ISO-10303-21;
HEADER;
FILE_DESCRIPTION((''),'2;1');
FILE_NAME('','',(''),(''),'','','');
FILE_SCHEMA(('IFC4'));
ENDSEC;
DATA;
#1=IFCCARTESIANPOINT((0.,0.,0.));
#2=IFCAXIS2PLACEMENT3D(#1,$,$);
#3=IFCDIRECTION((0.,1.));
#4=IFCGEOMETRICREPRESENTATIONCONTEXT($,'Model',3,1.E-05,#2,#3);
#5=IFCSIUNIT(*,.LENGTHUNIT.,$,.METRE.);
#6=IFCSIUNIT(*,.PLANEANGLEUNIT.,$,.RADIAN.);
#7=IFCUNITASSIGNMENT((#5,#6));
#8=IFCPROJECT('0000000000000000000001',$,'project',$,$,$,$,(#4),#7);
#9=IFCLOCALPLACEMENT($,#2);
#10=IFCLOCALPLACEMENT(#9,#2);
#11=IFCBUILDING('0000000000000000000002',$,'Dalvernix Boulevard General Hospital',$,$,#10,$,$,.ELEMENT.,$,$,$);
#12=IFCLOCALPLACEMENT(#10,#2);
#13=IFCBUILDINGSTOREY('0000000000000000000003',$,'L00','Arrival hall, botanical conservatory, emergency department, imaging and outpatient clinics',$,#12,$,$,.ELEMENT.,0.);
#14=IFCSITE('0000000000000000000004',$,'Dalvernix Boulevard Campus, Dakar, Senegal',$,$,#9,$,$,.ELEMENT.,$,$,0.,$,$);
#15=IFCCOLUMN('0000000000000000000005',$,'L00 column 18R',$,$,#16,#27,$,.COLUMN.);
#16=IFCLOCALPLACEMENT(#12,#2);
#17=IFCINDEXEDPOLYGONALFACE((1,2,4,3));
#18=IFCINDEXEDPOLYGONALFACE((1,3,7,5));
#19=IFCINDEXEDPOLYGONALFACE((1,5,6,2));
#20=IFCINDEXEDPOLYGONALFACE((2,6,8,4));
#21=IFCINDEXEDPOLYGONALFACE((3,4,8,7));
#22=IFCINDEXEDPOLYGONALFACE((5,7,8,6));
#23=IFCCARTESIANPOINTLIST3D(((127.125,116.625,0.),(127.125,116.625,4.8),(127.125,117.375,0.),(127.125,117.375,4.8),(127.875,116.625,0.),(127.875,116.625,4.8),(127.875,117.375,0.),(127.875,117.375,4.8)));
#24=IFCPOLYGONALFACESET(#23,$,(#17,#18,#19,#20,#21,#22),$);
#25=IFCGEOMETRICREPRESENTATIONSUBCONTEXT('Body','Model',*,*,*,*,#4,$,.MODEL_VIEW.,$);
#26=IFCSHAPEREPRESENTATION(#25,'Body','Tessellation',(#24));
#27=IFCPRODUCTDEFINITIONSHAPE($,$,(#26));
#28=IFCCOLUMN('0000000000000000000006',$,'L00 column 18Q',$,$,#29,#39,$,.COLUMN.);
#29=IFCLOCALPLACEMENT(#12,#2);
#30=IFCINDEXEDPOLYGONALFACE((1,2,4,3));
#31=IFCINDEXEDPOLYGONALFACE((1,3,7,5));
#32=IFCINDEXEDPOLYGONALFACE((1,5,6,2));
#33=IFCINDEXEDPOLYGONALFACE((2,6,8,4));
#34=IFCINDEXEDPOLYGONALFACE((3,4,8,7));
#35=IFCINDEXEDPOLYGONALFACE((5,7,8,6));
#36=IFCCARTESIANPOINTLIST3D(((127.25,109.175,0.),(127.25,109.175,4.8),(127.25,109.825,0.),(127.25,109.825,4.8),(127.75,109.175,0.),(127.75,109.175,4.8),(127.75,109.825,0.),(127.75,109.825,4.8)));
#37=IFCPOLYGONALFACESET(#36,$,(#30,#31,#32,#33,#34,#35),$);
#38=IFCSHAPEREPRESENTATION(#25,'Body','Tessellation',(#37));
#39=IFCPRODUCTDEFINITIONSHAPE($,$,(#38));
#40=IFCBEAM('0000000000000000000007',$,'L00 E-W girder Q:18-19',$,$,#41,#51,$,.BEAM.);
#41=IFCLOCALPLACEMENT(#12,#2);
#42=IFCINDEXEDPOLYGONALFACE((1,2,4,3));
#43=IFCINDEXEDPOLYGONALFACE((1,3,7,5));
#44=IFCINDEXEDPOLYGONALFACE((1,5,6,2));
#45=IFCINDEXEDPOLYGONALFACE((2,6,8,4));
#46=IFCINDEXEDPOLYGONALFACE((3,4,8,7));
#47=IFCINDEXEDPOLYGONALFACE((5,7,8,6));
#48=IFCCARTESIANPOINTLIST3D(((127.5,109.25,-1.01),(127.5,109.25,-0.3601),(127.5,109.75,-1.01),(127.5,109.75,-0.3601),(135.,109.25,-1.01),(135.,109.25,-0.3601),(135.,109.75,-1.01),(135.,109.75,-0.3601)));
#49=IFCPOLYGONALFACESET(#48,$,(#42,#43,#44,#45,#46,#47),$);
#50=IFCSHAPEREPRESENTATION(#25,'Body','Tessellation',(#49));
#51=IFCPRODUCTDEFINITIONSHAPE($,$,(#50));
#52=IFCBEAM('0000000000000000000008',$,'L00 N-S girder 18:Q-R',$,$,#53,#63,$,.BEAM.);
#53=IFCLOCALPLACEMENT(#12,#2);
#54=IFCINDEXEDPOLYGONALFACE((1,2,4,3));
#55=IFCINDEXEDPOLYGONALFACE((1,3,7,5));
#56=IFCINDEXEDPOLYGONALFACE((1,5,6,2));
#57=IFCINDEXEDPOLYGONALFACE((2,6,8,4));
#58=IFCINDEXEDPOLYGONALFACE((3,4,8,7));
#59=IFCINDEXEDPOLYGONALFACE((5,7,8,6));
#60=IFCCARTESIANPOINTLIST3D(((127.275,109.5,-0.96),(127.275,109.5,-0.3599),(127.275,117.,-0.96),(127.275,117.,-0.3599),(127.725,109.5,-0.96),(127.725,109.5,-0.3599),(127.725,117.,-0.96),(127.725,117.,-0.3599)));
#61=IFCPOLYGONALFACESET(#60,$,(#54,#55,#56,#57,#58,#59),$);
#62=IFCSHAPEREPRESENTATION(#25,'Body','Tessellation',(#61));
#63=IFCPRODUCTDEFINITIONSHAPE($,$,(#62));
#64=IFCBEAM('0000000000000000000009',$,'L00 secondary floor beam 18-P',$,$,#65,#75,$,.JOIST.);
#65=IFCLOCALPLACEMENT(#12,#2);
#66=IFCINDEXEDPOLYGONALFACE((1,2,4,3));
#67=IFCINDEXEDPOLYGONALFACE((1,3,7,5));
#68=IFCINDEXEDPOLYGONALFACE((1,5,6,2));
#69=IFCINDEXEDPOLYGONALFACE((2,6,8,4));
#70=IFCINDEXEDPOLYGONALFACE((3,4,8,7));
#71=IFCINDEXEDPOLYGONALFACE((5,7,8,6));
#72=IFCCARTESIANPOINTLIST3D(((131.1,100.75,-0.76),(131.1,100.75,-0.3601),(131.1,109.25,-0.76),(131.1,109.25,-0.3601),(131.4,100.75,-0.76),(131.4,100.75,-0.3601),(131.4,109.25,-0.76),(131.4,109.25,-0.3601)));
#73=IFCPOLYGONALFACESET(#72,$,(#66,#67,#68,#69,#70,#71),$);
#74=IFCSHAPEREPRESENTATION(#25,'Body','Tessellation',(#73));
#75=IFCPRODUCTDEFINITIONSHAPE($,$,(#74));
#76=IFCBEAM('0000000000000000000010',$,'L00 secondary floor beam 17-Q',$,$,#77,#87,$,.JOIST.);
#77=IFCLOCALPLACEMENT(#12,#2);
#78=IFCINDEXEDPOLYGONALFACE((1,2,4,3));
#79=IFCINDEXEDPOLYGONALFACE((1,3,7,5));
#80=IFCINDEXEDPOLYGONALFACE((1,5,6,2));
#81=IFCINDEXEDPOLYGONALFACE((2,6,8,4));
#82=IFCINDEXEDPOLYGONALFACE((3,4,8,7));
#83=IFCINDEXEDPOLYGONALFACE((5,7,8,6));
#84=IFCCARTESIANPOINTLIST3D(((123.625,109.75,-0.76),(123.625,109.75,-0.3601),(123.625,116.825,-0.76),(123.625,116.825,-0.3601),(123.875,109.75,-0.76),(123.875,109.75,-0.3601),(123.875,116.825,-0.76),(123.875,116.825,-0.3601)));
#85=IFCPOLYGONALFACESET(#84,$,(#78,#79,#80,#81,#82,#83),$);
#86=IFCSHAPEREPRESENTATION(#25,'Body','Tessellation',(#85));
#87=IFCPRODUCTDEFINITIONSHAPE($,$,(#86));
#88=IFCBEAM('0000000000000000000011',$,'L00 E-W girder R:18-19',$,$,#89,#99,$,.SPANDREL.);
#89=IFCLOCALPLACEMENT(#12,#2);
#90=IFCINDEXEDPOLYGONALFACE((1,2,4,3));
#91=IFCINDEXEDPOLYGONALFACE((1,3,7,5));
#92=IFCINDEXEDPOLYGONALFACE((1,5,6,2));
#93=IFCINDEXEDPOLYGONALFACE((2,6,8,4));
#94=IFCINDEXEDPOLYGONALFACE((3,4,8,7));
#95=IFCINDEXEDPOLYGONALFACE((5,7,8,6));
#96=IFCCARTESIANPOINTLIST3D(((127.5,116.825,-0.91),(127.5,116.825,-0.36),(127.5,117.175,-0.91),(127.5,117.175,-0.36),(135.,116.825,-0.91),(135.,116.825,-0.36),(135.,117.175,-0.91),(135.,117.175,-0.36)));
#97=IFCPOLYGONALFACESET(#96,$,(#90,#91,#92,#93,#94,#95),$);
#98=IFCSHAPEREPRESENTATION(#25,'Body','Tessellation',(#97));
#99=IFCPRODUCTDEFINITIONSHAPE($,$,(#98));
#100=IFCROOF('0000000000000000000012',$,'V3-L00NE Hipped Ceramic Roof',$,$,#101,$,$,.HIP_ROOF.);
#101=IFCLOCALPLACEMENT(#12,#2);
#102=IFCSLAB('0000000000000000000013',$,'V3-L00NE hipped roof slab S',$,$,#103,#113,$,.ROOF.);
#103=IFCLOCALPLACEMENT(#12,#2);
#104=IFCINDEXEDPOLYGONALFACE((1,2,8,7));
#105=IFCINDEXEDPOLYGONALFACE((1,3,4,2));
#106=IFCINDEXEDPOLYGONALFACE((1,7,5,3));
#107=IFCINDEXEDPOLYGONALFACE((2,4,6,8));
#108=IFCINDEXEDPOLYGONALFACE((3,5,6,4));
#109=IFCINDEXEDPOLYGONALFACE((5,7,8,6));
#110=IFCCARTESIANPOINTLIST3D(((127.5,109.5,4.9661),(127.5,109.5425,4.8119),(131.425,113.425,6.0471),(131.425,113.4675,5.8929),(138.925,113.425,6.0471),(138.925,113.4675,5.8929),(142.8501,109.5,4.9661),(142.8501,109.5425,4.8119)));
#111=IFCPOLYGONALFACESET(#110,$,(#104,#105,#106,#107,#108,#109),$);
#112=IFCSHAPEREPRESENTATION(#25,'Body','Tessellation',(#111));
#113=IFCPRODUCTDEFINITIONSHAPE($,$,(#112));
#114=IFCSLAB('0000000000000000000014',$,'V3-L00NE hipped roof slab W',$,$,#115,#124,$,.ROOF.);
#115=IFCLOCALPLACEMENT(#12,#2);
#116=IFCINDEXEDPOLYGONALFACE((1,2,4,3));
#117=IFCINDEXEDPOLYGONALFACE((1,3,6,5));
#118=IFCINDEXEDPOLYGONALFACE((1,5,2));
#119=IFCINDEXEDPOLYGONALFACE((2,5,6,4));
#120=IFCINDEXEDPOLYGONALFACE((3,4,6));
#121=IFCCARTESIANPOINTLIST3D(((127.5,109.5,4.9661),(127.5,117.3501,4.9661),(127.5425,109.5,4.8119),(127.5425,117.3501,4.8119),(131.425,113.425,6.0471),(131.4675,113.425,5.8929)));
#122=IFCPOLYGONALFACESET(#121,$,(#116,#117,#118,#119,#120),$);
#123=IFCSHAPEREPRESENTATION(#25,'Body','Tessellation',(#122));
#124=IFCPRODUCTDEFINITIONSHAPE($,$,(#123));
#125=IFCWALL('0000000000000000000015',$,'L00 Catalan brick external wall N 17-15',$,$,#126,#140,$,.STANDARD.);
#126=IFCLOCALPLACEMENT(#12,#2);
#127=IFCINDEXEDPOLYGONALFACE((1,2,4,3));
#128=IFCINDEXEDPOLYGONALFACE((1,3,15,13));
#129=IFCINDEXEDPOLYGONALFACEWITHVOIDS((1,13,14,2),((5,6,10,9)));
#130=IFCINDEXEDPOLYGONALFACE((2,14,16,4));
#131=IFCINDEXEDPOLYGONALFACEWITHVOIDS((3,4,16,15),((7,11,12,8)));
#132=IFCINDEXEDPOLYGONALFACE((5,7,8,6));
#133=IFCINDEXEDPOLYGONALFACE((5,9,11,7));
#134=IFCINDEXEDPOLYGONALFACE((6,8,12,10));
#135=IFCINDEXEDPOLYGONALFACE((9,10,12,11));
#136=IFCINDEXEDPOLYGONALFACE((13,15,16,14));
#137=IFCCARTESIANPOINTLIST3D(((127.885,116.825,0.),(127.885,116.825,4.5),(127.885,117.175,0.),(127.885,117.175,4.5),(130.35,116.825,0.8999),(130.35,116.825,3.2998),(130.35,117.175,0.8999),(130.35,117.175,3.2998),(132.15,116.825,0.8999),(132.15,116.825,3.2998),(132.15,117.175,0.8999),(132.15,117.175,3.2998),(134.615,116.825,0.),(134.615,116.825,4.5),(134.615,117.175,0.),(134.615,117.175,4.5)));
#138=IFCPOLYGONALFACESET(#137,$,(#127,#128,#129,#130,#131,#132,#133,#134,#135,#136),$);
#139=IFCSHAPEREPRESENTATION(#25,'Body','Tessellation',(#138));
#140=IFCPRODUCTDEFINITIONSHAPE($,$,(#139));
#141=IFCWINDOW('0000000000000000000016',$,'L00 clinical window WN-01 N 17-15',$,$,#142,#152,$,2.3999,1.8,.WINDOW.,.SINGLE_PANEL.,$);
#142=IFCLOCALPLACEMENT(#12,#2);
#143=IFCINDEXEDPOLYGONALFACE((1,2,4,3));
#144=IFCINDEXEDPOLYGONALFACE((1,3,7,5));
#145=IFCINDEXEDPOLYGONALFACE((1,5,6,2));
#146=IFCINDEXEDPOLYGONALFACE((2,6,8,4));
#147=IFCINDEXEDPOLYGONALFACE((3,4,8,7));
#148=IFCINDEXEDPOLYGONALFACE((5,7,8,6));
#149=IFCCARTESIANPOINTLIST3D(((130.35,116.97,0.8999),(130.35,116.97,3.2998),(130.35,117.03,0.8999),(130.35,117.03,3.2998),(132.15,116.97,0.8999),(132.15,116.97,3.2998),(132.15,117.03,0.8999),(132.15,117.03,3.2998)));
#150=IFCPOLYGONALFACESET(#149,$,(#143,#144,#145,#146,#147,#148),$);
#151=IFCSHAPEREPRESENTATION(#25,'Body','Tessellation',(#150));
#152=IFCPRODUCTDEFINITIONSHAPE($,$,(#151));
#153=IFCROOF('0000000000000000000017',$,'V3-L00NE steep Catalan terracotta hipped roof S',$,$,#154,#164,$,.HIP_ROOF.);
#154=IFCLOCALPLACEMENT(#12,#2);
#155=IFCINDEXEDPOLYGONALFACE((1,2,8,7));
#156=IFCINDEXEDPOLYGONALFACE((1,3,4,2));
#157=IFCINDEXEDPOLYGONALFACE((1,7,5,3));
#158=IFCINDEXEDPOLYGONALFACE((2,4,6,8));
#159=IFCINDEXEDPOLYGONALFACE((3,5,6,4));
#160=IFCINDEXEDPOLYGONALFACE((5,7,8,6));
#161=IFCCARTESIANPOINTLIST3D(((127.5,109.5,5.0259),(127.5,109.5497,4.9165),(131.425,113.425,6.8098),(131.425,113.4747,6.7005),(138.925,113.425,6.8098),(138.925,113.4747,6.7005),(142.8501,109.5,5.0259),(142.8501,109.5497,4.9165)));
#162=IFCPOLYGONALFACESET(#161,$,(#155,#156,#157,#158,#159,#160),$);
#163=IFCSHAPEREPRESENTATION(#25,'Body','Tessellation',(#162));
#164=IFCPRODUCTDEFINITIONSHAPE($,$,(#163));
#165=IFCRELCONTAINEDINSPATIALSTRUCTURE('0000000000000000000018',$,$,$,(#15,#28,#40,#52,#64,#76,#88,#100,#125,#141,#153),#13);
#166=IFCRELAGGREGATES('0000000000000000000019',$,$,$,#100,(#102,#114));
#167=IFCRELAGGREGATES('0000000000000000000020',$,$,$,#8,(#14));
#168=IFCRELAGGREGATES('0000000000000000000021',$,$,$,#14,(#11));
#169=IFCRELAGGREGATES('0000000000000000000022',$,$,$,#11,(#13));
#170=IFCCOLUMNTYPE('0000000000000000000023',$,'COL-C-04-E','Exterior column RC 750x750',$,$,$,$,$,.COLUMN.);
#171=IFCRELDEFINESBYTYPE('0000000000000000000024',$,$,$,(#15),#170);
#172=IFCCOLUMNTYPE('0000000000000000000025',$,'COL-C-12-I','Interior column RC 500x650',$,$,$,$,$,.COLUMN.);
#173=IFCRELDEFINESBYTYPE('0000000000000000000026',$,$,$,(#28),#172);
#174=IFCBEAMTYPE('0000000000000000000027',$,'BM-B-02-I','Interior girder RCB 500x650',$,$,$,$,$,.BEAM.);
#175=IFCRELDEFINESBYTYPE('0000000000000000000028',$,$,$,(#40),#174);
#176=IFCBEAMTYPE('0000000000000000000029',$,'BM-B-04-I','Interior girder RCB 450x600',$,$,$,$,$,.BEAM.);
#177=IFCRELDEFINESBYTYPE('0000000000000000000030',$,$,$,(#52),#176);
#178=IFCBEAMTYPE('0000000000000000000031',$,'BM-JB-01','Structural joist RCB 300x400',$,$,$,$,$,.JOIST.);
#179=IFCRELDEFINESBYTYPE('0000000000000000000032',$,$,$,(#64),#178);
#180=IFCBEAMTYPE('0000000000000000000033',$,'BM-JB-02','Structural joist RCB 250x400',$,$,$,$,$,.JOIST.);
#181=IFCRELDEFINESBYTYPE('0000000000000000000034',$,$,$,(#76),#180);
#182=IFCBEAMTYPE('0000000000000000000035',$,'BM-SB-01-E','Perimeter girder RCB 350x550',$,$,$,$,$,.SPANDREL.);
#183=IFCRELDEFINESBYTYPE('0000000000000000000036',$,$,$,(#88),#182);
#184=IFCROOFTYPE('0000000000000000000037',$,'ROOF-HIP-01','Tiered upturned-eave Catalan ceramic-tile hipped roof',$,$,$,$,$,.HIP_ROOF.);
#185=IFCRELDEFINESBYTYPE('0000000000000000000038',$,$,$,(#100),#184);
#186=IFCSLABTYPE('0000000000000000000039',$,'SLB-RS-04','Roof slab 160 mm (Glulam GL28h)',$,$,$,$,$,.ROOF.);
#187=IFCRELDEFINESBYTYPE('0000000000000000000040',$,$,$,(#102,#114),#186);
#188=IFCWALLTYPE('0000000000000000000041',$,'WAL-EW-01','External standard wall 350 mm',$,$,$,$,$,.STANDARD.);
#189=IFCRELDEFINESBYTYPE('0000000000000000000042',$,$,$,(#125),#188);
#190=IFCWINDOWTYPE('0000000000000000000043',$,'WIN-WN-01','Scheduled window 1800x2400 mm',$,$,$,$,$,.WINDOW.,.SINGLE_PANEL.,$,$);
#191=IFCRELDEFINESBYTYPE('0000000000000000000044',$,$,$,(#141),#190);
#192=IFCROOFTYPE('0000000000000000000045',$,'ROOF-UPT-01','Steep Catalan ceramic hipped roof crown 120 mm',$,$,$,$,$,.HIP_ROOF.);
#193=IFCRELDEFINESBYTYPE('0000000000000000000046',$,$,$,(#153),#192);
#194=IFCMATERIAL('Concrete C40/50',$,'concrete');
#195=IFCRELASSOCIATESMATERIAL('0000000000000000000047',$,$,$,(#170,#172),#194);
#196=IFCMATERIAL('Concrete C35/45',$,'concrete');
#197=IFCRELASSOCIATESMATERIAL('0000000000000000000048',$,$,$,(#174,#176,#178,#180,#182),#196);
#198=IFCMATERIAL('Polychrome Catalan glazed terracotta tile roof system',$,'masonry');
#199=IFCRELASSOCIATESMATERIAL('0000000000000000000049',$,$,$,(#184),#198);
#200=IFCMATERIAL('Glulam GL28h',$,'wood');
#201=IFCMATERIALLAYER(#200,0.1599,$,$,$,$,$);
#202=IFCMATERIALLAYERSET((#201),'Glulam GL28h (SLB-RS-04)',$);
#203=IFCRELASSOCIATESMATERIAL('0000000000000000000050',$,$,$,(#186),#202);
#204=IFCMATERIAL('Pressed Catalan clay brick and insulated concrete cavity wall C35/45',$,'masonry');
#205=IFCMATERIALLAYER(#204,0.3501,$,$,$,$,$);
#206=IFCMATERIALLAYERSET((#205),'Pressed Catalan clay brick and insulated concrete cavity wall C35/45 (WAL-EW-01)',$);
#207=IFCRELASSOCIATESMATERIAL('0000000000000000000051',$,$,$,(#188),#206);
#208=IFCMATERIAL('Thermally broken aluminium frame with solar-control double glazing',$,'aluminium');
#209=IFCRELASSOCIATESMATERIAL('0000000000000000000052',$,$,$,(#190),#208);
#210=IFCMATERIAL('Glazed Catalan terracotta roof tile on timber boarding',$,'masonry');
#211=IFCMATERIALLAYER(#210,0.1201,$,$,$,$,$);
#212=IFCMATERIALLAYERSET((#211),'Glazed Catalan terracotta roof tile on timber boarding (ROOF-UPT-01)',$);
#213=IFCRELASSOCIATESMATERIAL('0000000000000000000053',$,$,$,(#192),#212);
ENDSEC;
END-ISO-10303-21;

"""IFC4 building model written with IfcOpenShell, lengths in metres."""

from ifc_helpers import new_model, si_unit, direction, frame, frame_2d, origin, origin_2d, place, context, subcontext, project, spatial, polyline, rectangle, outline, extrude, material, layer, layer_set, material_profile, profile_set, type_object, element, fill, aggregate, save


model = new_model("IFC4")

# Units and contexts
model_context = context("Model", 3, precision=1e-05, world=origin(), true_north=direction((0.0, 1.0)))
body_context = subcontext(model_context, "Body", "Model", "MODEL_VIEW")
ifc_project = project(units=[si_unit("LENGTHUNIT", "METRE"), si_unit("PLANEANGLEUNIT", "RADIAN")], contexts=[model_context])

# Site, building, storey
site_placement = place(None, origin())
site = spatial("IfcSite", under=ifc_project, at=site_placement, Name="Dalvernix Boulevard Campus, Dakar, Senegal", CompositionType="ELEMENT", RefElevation=0.0)
building_placement = place(site_placement, origin())
building = spatial("IfcBuilding", under=site, at=building_placement, Name="Dalvernix Boulevard General Hospital", CompositionType="ELEMENT")
storey_placement = place(building_placement, origin())
storey = spatial("IfcBuildingStorey", under=building, at=storey_placement, Name="L00", Description="Arrival hall, botanical conservatory, emergency department, imaging and outpatient clinics", CompositionType="ELEMENT", Elevation=0.0)

# Columns
ifc_material_1 = material(Name="Concrete C40/50", Category="concrete")
ifc_material_profile_1 = material_profile(ifc_material_1, rectangle(XDim=0.75, YDim=0.75, at=origin_2d()), Name="RC 750x750")
ifc_profile_set_1 = profile_set([ifc_material_profile_1], Name="Concrete C40/50")
column_type_1 = type_object("IfcColumnType", Name="COL-C-04-E", Description="Exterior column RC 750x750", PredefinedType="COLUMN", material=ifc_profile_set_1)
column_1_placement = place(storey_placement, frame((127.5, 117.0, 0.0), z_axis=(0.0, 0.0, 1.0), x_axis=(1.0, 0.0, 0.0)))
element("IfcColumn", 1, at=column_1_placement, inside=storey, type_object=column_type_1, Name="L00 column 18R", PredefinedType="COLUMN", context=body_context, shape_type="SweptSolid", body=[
    extrude(rectangle(XDim=0.75, YDim=0.75, at=origin_2d()), origin(), (0.0, 0.0, 1.0), 4.8),
])
ifc_material_profile_2 = material_profile(ifc_material_1, rectangle(XDim=0.5, YDim=0.6499, at=origin_2d()), Name="RC 500x650")
ifc_profile_set_2 = profile_set([ifc_material_profile_2], Name="Concrete C40/50")
column_type_2 = type_object("IfcColumnType", Name="COL-C-12-I", Description="Interior column RC 500x650", PredefinedType="COLUMN", material=ifc_profile_set_2)
column_2_placement = place(storey_placement, frame((127.5, 109.5, 0.0), z_axis=(0.0, 0.0, 1.0), x_axis=(1.0, 0.0, 0.0)))
element("IfcColumn", 2, at=column_2_placement, inside=storey, type_object=column_type_2, Name="L00 column 18Q", PredefinedType="COLUMN", context=body_context, shape_type="SweptSolid", body=[
    extrude(rectangle(XDim=0.5, YDim=0.6499, at=origin_2d()), origin(), (0.0, 0.0, 1.0), 4.8),
])

# Beams
ifc_material_2 = material(Name="Concrete C35/45", Category="concrete")
ifc_material_profile_3 = material_profile(ifc_material_2, rectangle(XDim=0.5, YDim=0.6499, at=origin_2d()), Name="RCB 500x650")
ifc_profile_set_3 = profile_set([ifc_material_profile_3], Name="Concrete C35/45")
beam_type_1 = type_object("IfcBeamType", Name="BM-B-02-I", Description="Interior girder RCB 500x650", PredefinedType="BEAM", material=ifc_profile_set_3)
beam_1_placement = place(storey_placement, frame((127.5, 109.5, -0.6851), z_axis=(1.0, 0.0, 0.0), x_axis=(0.0, 1.0, 0.0)))
element("IfcBeam", 3, at=beam_1_placement, inside=storey, type_object=beam_type_1, Name="L00 E-W girder Q:18-19", PredefinedType="BEAM", context=body_context, shape_type="SweptSolid", body=[
    extrude(rectangle(XDim=0.5, YDim=0.6499, at=origin_2d()), origin(), (0.0, 0.0, 1.0), 7.5),
])
ifc_material_profile_4 = material_profile(ifc_material_2, rectangle(XDim=0.45, YDim=0.6001, at=origin_2d()), Name="RCB 450x600")
ifc_profile_set_4 = profile_set([ifc_material_profile_4], Name="Concrete C35/45")
beam_type_2 = type_object("IfcBeamType", Name="BM-B-04-I", Description="Interior girder RCB 450x600", PredefinedType="BEAM", material=ifc_profile_set_4)
beam_2_placement = place(storey_placement, frame((127.5, 109.5, -0.6599), z_axis=(0.0, 1.0, 0.0), x_axis=(-1.0, 0.0, 0.0)))
element("IfcBeam", 4, at=beam_2_placement, inside=storey, type_object=beam_type_2, Name="L00 N-S girder 18:Q-R", PredefinedType="BEAM", context=body_context, shape_type="SweptSolid", body=[
    extrude(rectangle(XDim=0.45, YDim=0.6001, at=origin_2d()), origin(), (0.0, 0.0, 1.0), 7.5),
])
ifc_material_profile_5 = material_profile(ifc_material_2, rectangle(XDim=0.3, YDim=0.3999, at=origin_2d()), Name="RCB 300x400")
ifc_profile_set_5 = profile_set([ifc_material_profile_5], Name="Concrete C35/45")
beam_type_3 = type_object("IfcBeamType", Name="BM-JB-01", Description="Structural joist RCB 300x400", PredefinedType="JOIST", material=ifc_profile_set_5)
beam_3_placement = place(storey_placement, frame((131.25, 100.75, -0.5601), z_axis=(0.0, 1.0, 0.0), x_axis=(-1.0, 0.0, 0.0)))
element("IfcBeam", 5, at=beam_3_placement, inside=storey, type_object=beam_type_3, Name="L00 secondary floor beam 18-P", PredefinedType="JOIST", context=body_context, shape_type="SweptSolid", body=[
    extrude(rectangle(XDim=0.3, YDim=0.3999, at=origin_2d()), origin(), (0.0, 0.0, 1.0), 8.5),
])
ifc_material_profile_6 = material_profile(ifc_material_2, rectangle(XDim=0.25, YDim=0.3999, at=origin_2d()), Name="RCB 250x400")
ifc_profile_set_6 = profile_set([ifc_material_profile_6], Name="Concrete C35/45")
beam_type_4 = type_object("IfcBeamType", Name="BM-JB-02", Description="Structural joist RCB 250x400", PredefinedType="JOIST", material=ifc_profile_set_6)
beam_4_placement = place(storey_placement, frame((123.75, 109.75, -0.5601), z_axis=(0.0, 1.0, 0.0), x_axis=(-1.0, 0.0, 0.0)))
element("IfcBeam", 6, at=beam_4_placement, inside=storey, type_object=beam_type_4, Name="L00 secondary floor beam 17-Q", PredefinedType="JOIST", context=body_context, shape_type="SweptSolid", body=[
    extrude(rectangle(XDim=0.25, YDim=0.3999, at=origin_2d()), origin(), (0.0, 0.0, 1.0), 7.075),
])
ifc_material_profile_7 = material_profile(ifc_material_2, rectangle(XDim=0.3501, YDim=0.55, at=origin_2d()), Name="RCB 350x550")
ifc_profile_set_7 = profile_set([ifc_material_profile_7], Name="Concrete C35/45")
beam_type_5 = type_object("IfcBeamType", Name="BM-SB-01-E", Description="Perimeter girder RCB 350x550", PredefinedType="SPANDREL", material=ifc_profile_set_7)
beam_5_placement = place(storey_placement, frame((127.5, 117.0, -0.635), z_axis=(1.0, 0.0, 0.0), x_axis=(0.0, 1.0, 0.0)))
element("IfcBeam", 7, at=beam_5_placement, inside=storey, type_object=beam_type_5, Name="L00 E-W girder R:18-19", PredefinedType="SPANDREL", context=body_context, shape_type="SweptSolid", body=[
    extrude(rectangle(XDim=0.3501, YDim=0.55, at=origin_2d()), origin(), (0.0, 0.0, 1.0), 7.5),
])

# Roof, slabs
ifc_material_3 = material(Name="Polychrome Catalan glazed terracotta tile roof system", Category="masonry")
roof_type_1 = type_object("IfcRoofType", Name="ROOF-HIP-01", Description="Tiered upturned-eave Catalan ceramic-tile hipped roof", PredefinedType="HIP_ROOF", material=ifc_material_3)
roof_1_placement = place(storey_placement, origin())
roof_1 = element("IfcRoof", 8, at=roof_1_placement, inside=storey, type_object=roof_type_1, Name="V3-L00NE Hipped Ceramic Roof", PredefinedType="HIP_ROOF")
ifc_material_4 = material(Name="Glulam GL28h", Category="wood")
ifc_layer_1 = layer(ifc_material_4, 0.1599)
ifc_layer_set_1 = layer_set([ifc_layer_1], Name="Glulam GL28h (SLB-RS-04)")
slab_type = type_object("IfcSlabType", Name="SLB-RS-04", Description="Roof slab 160 mm (Glulam GL28h)", PredefinedType="ROOF", material=ifc_layer_set_1)
slab_1_placement = place(storey_placement, frame((127.5, 109.5, 4.9661), z_axis=(0.0, -0.265537, 0.964101), x_axis=(1.0, 0.0, 0.0)))
slab_1 = element("IfcSlab", 9, at=slab_1_placement, type_object=slab_type, Name="V3-L00NE hipped roof slab S", PredefinedType="ROOF", context=body_context, shape_type="SweptSolid", body=[
    extrude(outline(polyline([(0.0, 0.0), (15.3501, 0.0), (11.425, 4.0712), (3.925, 4.0712), (0.0, 0.0)])), origin(), (0.0, 0.0, -1.0), 0.1599),
])
slab_2_placement = place(storey_placement, frame((127.5, 117.3501, 4.9661), z_axis=(-0.265537, 0.0, 0.964101), x_axis=(0.0, -1.0, 0.0)))
slab_2 = element("IfcSlab", 10, at=slab_2_placement, type_object=slab_type, Name="V3-L00NE hipped roof slab W", PredefinedType="ROOF", context=body_context, shape_type="SweptSolid", body=[
    extrude(outline(polyline([(0.0, 0.0), (7.8501, 0.0), (3.925, 4.0712), (0.0, 0.0)])), origin(), (0.0, 0.0, -1.0), 0.1599),
])
aggregate(roof_1, [slab_1, slab_2])

# Wall, opening, window
ifc_material_5 = material(Name="Pressed Catalan clay brick and insulated concrete cavity wall C35/45", Category="masonry")
ifc_layer_2 = layer(ifc_material_5, 0.3501)
ifc_layer_set_2 = layer_set([ifc_layer_2], Name="Pressed Catalan clay brick and insulated concrete cavity wall C35/45 (WAL-EW-01)")
wall_type = type_object("IfcWallType", Name="WAL-EW-01", Description="External standard wall 350 mm", PredefinedType="STANDARD", material=ifc_layer_set_2)
wall_placement = place(storey_placement, frame((127.885, 117.0, 0.0), z_axis=(0.0, 0.0, 1.0), x_axis=(1.0, 0.0, 0.0)))
wall = element("IfcWall", 11, at=wall_placement, inside=storey, type_object=wall_type, Name="L00 Catalan brick external wall N 17-15", PredefinedType="STANDARD", context=body_context, shape_type="SweptSolid", body=[
    extrude(rectangle(XDim=6.73, YDim=0.3501, at=frame_2d((3.365, 0.0))), origin(), (0.0, 0.0, 1.0), 4.5),
])
opening_placement = place(wall_placement, frame((2.4651, 0.0, 0.8999)))
opening = element("IfcOpeningElement", 12, at=opening_placement, cuts=wall, PredefinedType="OPENING", context=body_context, shape_type="SweptSolid", body=[
    extrude(rectangle(XDim=1.8, YDim=2.3999, at=frame_2d((0.8999, 1.2))), frame((0.0, 0.1851, 0.0), z_axis=(0.0, -1.0, 0.0), x_axis=(1.0, 0.0, 0.0)), (0.0, 0.0, 1.0), 0.3701),
])
ifc_material_6 = material(Name="Thermally broken aluminium frame with solar-control double glazing", Category="aluminium")
window_type = type_object("IfcWindowType", Name="WIN-WN-01", Description="Scheduled window 1800x2400 mm", PartitioningType="SINGLE_PANEL", PredefinedType="WINDOW", material=ifc_material_6)
window_placement = place(opening_placement, origin())
window = element("IfcWindow", 13, at=window_placement, inside=storey, type_object=window_type, Name="L00 clinical window WN-01 N 17-15", OverallHeight=2.3999, OverallWidth=1.8, PartitioningType="SINGLE_PANEL", PredefinedType="WINDOW", context=body_context, shape_type="SweptSolid", body=[
    extrude(rectangle(XDim=1.8, YDim=2.3999, at=frame_2d((0.8999, 1.2))), frame((0.0, 0.03, 0.0), z_axis=(0.0, -1.0, 0.0), x_axis=(1.0, 0.0, 0.0)), (0.0, 0.0, 1.0), 0.0601),
])
fill(opening, window)

# Roof
ifc_material_7 = material(Name="Glazed Catalan terracotta roof tile on timber boarding", Category="masonry")
ifc_layer_3 = layer(ifc_material_7, 0.1201)
ifc_layer_set_3 = layer_set([ifc_layer_3], Name="Glazed Catalan terracotta roof tile on timber boarding (ROOF-UPT-01)")
roof_type_2 = type_object("IfcRoofType", Name="ROOF-UPT-01", Description="Steep Catalan ceramic hipped roof crown 120 mm", PredefinedType="HIP_ROOF", material=ifc_layer_set_3)
roof_2_placement = place(storey_placement, frame((127.5, 109.5, 5.0259), z_axis=(0.0, -0.413769, 0.910382), x_axis=(1.0, 0.0, 0.0)))
element("IfcRoof", 14, at=roof_2_placement, inside=storey, type_object=roof_type_2, Name="V3-L00NE steep Catalan terracotta hipped roof S", PredefinedType="HIP_ROOF", context=body_context, shape_type="SweptSolid", body=[
    extrude(outline(polyline([(0.0, 0.0), (15.3501, 0.0), (11.425, 4.3114), (3.925, 4.3114), (0.0, 0.0)])), origin(), (0.0, 0.0, -1.0), 0.1201),
])

save(model, "model.ifc")
